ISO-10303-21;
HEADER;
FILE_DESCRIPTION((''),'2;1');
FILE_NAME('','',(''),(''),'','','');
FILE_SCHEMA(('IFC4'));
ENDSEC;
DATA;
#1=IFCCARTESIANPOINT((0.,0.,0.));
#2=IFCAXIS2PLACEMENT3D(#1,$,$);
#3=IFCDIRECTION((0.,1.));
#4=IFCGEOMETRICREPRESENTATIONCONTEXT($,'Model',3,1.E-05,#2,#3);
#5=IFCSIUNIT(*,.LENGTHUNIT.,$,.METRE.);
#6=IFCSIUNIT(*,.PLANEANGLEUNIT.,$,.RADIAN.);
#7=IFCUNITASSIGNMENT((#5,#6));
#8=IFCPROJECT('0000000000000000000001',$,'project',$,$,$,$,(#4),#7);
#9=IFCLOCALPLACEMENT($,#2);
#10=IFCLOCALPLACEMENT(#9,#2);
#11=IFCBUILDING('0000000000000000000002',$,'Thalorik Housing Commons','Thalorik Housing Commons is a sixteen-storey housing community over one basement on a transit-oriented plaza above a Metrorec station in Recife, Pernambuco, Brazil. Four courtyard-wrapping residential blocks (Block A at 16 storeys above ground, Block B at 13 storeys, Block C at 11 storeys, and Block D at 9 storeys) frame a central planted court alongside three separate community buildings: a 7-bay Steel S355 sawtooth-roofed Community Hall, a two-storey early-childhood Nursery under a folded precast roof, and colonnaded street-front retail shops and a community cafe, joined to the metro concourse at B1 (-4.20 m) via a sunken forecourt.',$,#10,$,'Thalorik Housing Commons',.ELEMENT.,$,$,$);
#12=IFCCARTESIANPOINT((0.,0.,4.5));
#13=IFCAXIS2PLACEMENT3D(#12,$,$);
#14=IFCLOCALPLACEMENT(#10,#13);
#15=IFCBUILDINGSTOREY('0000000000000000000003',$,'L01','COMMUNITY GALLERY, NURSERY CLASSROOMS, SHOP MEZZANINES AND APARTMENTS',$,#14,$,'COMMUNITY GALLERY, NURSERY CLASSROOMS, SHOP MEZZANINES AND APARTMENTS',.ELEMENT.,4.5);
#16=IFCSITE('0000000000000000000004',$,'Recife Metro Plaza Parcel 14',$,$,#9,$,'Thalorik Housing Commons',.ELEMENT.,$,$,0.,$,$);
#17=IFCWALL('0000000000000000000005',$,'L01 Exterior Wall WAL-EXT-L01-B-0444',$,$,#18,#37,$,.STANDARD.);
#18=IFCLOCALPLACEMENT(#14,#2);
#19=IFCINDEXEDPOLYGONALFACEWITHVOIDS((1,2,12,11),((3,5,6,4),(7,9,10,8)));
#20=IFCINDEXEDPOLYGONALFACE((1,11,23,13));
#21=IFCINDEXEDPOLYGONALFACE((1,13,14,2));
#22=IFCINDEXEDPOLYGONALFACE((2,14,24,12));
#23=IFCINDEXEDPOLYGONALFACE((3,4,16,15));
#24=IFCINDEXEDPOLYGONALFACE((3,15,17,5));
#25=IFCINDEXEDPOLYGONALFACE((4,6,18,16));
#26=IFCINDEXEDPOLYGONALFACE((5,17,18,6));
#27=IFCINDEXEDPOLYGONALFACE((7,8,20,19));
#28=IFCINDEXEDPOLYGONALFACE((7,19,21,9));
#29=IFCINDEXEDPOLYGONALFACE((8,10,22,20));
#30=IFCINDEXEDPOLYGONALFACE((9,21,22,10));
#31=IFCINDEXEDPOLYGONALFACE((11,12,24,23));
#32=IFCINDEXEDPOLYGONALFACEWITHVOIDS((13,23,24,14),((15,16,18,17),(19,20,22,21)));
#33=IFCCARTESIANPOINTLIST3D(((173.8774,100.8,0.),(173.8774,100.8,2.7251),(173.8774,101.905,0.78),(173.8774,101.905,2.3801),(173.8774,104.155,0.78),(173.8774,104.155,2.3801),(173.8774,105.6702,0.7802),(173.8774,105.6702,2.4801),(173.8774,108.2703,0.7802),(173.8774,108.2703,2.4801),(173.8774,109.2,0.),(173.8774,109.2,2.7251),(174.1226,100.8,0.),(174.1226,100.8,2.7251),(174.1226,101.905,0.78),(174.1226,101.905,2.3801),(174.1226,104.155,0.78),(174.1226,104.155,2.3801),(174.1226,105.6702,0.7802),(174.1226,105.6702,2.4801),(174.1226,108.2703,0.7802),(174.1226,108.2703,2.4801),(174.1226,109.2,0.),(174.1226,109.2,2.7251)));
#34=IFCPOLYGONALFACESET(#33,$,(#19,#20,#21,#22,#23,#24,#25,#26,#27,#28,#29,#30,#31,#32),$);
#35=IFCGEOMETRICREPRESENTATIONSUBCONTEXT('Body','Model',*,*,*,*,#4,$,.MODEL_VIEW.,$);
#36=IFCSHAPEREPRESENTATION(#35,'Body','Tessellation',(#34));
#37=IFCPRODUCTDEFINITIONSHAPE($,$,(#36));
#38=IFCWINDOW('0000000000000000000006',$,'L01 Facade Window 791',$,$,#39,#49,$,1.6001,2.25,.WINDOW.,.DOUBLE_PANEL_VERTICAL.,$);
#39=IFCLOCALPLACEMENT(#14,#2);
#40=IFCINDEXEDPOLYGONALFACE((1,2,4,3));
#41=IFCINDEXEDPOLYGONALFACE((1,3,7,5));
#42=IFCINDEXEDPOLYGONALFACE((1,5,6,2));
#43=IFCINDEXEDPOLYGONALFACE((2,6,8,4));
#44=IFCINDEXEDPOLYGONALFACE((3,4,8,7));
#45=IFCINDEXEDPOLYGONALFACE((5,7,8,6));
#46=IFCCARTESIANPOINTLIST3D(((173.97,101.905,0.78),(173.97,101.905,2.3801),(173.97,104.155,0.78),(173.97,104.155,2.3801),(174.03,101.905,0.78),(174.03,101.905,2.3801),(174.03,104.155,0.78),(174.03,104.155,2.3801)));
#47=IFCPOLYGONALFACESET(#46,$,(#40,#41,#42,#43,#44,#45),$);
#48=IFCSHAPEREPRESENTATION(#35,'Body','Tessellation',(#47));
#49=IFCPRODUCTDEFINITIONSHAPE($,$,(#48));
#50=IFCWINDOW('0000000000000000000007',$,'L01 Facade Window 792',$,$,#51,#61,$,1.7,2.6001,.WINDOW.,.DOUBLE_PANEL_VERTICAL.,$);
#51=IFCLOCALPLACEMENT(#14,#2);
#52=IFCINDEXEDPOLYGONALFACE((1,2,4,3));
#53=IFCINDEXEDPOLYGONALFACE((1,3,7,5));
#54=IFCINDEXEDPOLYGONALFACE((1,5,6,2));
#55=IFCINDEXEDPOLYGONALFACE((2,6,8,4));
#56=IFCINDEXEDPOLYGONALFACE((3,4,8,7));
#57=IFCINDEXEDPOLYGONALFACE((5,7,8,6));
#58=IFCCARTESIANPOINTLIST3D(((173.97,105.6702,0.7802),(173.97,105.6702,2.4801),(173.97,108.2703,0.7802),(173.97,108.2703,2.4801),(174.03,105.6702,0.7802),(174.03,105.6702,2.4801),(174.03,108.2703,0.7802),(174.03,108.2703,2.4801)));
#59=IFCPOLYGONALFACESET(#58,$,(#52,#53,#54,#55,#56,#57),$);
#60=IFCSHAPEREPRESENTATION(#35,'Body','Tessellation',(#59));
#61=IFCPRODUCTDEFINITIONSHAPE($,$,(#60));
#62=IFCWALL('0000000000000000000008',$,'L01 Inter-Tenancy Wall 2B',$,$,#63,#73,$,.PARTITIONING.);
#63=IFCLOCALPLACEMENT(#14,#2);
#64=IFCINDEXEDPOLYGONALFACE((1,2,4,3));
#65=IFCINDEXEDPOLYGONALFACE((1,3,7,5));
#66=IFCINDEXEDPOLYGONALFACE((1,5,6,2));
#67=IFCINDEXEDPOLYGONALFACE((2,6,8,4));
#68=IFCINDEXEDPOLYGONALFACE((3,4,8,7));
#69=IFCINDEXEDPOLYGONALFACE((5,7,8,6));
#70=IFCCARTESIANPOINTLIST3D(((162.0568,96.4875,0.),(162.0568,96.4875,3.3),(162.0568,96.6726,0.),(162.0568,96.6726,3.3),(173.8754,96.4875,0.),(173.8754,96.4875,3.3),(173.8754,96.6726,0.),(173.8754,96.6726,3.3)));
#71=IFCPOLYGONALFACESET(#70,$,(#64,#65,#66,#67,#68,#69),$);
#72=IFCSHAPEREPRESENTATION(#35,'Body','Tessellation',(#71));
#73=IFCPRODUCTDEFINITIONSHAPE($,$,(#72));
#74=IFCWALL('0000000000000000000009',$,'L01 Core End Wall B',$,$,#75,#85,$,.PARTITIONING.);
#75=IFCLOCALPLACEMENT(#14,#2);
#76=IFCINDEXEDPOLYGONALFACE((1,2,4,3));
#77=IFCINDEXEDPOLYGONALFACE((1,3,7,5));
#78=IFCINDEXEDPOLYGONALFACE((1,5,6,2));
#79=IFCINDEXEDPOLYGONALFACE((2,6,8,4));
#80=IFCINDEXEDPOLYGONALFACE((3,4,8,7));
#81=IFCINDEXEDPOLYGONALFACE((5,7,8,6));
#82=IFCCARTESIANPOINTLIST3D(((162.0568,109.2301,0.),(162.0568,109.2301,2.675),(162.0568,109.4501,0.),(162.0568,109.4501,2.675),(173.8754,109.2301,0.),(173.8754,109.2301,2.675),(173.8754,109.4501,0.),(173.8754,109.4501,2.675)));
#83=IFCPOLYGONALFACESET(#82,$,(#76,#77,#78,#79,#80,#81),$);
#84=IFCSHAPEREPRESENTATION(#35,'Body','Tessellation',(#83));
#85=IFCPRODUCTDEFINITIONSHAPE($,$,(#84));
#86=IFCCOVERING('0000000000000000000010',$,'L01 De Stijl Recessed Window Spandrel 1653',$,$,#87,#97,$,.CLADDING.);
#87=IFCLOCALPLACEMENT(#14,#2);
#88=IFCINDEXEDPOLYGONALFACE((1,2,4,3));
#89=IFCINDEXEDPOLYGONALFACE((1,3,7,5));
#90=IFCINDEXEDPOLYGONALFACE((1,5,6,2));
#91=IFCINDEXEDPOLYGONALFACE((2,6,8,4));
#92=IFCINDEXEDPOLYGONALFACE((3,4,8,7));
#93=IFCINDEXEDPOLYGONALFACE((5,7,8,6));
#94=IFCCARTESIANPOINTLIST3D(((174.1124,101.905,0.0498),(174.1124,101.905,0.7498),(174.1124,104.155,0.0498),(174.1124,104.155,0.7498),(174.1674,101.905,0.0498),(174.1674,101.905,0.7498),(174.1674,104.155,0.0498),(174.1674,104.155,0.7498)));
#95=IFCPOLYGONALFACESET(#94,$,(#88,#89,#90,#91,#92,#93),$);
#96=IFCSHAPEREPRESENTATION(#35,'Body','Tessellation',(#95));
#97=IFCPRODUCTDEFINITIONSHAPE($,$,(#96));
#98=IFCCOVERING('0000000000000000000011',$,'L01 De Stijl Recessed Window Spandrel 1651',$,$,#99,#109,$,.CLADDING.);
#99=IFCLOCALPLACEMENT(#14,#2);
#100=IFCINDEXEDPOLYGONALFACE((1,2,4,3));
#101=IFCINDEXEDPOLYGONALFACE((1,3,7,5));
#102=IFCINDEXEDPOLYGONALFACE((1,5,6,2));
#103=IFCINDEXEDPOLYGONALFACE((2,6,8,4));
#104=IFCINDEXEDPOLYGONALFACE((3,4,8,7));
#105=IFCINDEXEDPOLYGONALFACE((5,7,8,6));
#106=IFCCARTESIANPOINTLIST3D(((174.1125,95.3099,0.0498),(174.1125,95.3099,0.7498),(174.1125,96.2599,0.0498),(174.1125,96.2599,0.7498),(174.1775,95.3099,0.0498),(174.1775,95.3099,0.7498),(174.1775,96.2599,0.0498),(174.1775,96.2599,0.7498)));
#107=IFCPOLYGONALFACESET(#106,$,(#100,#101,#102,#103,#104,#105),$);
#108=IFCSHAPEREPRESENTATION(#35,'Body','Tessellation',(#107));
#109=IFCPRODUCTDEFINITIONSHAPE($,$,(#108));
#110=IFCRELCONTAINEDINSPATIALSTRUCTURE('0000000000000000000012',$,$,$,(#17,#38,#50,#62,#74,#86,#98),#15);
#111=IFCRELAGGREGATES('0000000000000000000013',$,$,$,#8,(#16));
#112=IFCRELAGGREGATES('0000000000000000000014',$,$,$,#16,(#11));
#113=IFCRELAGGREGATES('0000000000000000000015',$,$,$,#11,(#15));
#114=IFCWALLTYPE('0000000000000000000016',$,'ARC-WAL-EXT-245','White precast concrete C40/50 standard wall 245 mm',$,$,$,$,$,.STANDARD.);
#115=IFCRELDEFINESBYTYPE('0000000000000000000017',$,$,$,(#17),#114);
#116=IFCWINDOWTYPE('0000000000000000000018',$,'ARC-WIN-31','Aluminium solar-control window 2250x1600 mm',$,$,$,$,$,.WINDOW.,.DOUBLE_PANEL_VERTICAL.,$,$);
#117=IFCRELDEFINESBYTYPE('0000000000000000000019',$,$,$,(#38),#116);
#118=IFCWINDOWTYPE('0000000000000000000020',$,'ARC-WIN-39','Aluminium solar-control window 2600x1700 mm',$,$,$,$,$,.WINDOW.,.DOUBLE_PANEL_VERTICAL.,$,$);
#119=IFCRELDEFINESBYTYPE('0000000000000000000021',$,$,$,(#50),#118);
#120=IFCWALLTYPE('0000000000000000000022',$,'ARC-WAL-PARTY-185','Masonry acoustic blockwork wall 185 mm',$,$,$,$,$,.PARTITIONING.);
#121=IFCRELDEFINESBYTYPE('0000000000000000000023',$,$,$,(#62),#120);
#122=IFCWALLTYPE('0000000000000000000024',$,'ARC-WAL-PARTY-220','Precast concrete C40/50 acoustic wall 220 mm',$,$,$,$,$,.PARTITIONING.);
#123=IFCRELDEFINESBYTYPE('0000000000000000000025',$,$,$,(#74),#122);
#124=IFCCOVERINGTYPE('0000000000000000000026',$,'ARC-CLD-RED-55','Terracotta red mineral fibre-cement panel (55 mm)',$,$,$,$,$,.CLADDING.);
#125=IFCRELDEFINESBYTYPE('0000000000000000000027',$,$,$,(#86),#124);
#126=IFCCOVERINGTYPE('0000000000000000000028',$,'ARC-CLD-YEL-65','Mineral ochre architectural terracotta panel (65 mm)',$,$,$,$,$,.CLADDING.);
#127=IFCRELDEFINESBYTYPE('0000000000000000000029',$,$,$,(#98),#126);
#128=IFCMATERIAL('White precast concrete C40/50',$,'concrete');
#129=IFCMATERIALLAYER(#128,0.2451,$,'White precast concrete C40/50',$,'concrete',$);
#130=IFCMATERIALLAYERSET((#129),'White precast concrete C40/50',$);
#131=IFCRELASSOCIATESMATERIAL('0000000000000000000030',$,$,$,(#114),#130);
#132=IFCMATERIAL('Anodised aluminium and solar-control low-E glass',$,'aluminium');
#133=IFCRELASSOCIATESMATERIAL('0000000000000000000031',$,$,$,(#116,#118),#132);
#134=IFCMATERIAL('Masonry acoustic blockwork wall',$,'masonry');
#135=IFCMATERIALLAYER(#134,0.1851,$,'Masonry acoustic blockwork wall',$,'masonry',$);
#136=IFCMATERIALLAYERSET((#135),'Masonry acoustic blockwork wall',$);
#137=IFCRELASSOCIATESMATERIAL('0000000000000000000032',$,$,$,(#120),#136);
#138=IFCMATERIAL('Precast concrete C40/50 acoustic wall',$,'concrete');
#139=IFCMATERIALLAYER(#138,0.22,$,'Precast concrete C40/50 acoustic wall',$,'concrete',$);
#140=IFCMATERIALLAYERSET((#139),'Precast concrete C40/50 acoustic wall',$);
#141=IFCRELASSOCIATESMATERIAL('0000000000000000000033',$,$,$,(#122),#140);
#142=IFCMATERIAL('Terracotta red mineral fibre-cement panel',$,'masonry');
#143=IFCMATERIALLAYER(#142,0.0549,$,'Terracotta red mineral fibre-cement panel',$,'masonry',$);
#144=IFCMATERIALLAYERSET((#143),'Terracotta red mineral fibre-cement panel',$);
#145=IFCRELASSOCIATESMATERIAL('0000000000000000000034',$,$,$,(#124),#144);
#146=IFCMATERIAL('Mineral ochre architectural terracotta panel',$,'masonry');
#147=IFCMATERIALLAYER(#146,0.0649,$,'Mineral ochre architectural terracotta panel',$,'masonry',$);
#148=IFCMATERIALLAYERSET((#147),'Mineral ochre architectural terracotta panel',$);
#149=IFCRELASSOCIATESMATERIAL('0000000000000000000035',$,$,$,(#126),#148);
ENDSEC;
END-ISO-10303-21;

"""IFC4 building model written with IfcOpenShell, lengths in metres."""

from ifc_helpers import new_model, si_unit, direction, frame, frame_2d, origin, origin_2d, place, context, subcontext, project, spatial, rectangle, extrude, material, layer, layer_set, type_object, element, fill, save


model = new_model("IFC4")

# Units and contexts
model_context = context("Model", 3, precision=1e-05, world=origin(), true_north=direction((0.0, 1.0)))
body_context = subcontext(model_context, "Body", "Model", "MODEL_VIEW")
ifc_project = project(units=[si_unit("LENGTHUNIT", "METRE"), si_unit("PLANEANGLEUNIT", "RADIAN")], contexts=[model_context])

# Site, building, storey
site_placement = place(None, origin())
site = spatial("IfcSite", under=ifc_project, at=site_placement, Name="Recife Metro Plaza Parcel 14", LongName="Thalorik Housing Commons", CompositionType="ELEMENT", RefElevation=0.0)
building_placement = place(site_placement, origin())
building = spatial("IfcBuilding", under=site, at=building_placement, Name="Thalorik Housing Commons", Description="Thalorik Housing Commons is a sixteen-storey housing community over one basement on a transit-oriented plaza above a Metrorec station in Recife, Pernambuco, Brazil. Four courtyard-wrapping residential blocks (Block A at 16 storeys above ground, Block B at 13 storeys, Block C at 11 storeys, and Block D at 9 storeys) frame a central planted court alongside three separate community buildings: a 7-bay Steel S355 sawtooth-roofed Community Hall, a two-storey early-childhood Nursery under a folded precast roof, and colonnaded street-front retail shops and a community cafe, joined to the metro concourse at B1 (-4.20 m) via a sunken forecourt.", LongName="Thalorik Housing Commons", CompositionType="ELEMENT")
storey_placement = place(building_placement, frame((0.0, 0.0, 4.5)))
storey = spatial("IfcBuildingStorey", under=building, at=storey_placement, Name="L01", Description="COMMUNITY GALLERY, NURSERY CLASSROOMS, SHOP MEZZANINES AND APARTMENTS", LongName="COMMUNITY GALLERY, NURSERY CLASSROOMS, SHOP MEZZANINES AND APARTMENTS", CompositionType="ELEMENT", Elevation=4.5)

# Wall, openings, windows
ifc_material_1 = material(Name="White precast concrete C40/50", Category="concrete")
ifc_layer_1 = layer(ifc_material_1, 0.2451, Name="White precast concrete C40/50", Category="concrete")
ifc_layer_set_1 = layer_set([ifc_layer_1], Name="White precast concrete C40/50")
wall_type_1 = type_object("IfcWallType", Name="ARC-WAL-EXT-245", Description="White precast concrete C40/50 standard wall 245 mm", PredefinedType="STANDARD", material=ifc_layer_set_1)
ifc_material_2 = material(Name="Anodised aluminium and solar-control low-E glass", Category="aluminium")
wall_1_placement = place(storey_placement, frame((174.0, 100.8, 0.0), z_axis=(0.0, 0.0, 1.0), x_axis=(0.0, 1.0, 0.0)))
wall_1 = element("IfcWall", 1, at=wall_1_placement, inside=storey, type_object=wall_type_1, Name="L01 Exterior Wall WAL-EXT-L01-B-0444", PredefinedType="STANDARD", context=body_context, shape_type="SweptSolid", body=[
    extrude(rectangle(XDim=8.3999, YDim=0.2451, at=frame_2d((4.2, 0.0))), origin(), (0.0, 0.0, 1.0), 2.7251),
])
opening_1_placement = place(wall_1_placement, frame((1.105, 0.0, 0.78)))
opening_1 = element("IfcOpeningElement", 2, at=opening_1_placement, cuts=wall_1, PredefinedType="OPENING", context=body_context, shape_type="SweptSolid", body=[
    extrude(rectangle(XDim=2.25, YDim=1.6001, at=frame_2d((1.125, 0.8))), frame((0.0, 0.1326, 0.0), z_axis=(0.0, -1.0, 0.0), x_axis=(1.0, 0.0, 0.0)), (0.0, 0.0, 1.0), 0.2651),
])
opening_2_placement = place(wall_1_placement, frame((4.8701, 0.0, 0.78)))
opening_2 = element("IfcOpeningElement", 3, at=opening_2_placement, cuts=wall_1, PredefinedType="OPENING", context=body_context, shape_type="SweptSolid", body=[
    extrude(rectangle(XDim=2.6001, YDim=1.7, at=frame_2d((1.3, 0.8501))), frame((0.0, 0.1326, 0.0), z_axis=(0.0, -1.0, 0.0), x_axis=(1.0, 0.0, 0.0)), (0.0, 0.0, 1.0), 0.2651),
])
window_type_1 = type_object("IfcWindowType", Name="ARC-WIN-31", Description="Aluminium solar-control window 2250x1600 mm", PartitioningType="DOUBLE_PANEL_VERTICAL", PredefinedType="WINDOW", material=ifc_material_2)
window_1_placement = place(opening_1_placement, origin())
window_1 = element("IfcWindow", 4, at=window_1_placement, inside=storey, type_object=window_type_1, Name="L01 Facade Window 791", OverallHeight=1.6001, OverallWidth=2.25, PartitioningType="DOUBLE_PANEL_VERTICAL", PredefinedType="WINDOW", context=body_context, shape_type="SweptSolid", body=[
    extrude(rectangle(XDim=2.25, YDim=1.6001, at=frame_2d((1.125, 0.8))), frame((0.0, 0.03, 0.0), z_axis=(0.0, -1.0, 0.0), x_axis=(1.0, 0.0, 0.0)), (0.0, 0.0, 1.0), 0.0601),
])
fill(opening_1, window_1)
window_type_2 = type_object("IfcWindowType", Name="ARC-WIN-39", Description="Aluminium solar-control window 2600x1700 mm", PartitioningType="DOUBLE_PANEL_VERTICAL", PredefinedType="WINDOW", material=ifc_material_2)
window_2_placement = place(opening_2_placement, origin())
window_2 = element("IfcWindow", 5, at=window_2_placement, inside=storey, type_object=window_type_2, Name="L01 Facade Window 792", OverallHeight=1.7, OverallWidth=2.6001, PartitioningType="DOUBLE_PANEL_VERTICAL", PredefinedType="WINDOW", context=body_context, shape_type="SweptSolid", body=[
    extrude(rectangle(XDim=2.6001, YDim=1.7, at=frame_2d((1.3, 0.8501))), frame((0.0, 0.03, 0.0), z_axis=(0.0, -1.0, 0.0), x_axis=(1.0, 0.0, 0.0)), (0.0, 0.0, 1.0), 0.0601),
])
fill(opening_2, window_2)

# Walls
ifc_material_3 = material(Name="Masonry acoustic blockwork wall", Category="masonry")
ifc_layer_2 = layer(ifc_material_3, 0.1851, Name="Masonry acoustic blockwork wall", Category="masonry")
ifc_layer_set_2 = layer_set([ifc_layer_2], Name="Masonry acoustic blockwork wall")
wall_type_2 = type_object("IfcWallType", Name="ARC-WAL-PARTY-185", Description="Masonry acoustic blockwork wall 185 mm", PredefinedType="PARTITIONING", material=ifc_layer_set_2)
wall_2_placement = place(storey_placement, frame((162.0569, 96.5801, 0.0), z_axis=(0.0, 0.0, 1.0), x_axis=(1.0, 0.0, 0.0)))
element("IfcWall", 6, at=wall_2_placement, inside=storey, type_object=wall_type_2, Name="L01 Inter-Tenancy Wall 2B", PredefinedType="PARTITIONING", context=body_context, shape_type="SweptSolid", body=[
    extrude(rectangle(XDim=11.8186, YDim=0.1851, at=frame_2d((5.9092, 0.0))), origin(), (0.0, 0.0, 1.0), 3.3),
])
ifc_material_4 = material(Name="Precast concrete C40/50 acoustic wall", Category="concrete")
ifc_layer_3 = layer(ifc_material_4, 0.22, Name="Precast concrete C40/50 acoustic wall", Category="concrete")
ifc_layer_set_3 = layer_set([ifc_layer_3], Name="Precast concrete C40/50 acoustic wall")
wall_type_3 = type_object("IfcWallType", Name="ARC-WAL-PARTY-220", Description="Precast concrete C40/50 acoustic wall 220 mm", PredefinedType="PARTITIONING", material=ifc_layer_set_3)
wall_3_placement = place(storey_placement, frame((162.0569, 109.3401, 0.0), z_axis=(0.0, 0.0, 1.0), x_axis=(1.0, 0.0, 0.0)))
element("IfcWall", 7, at=wall_3_placement, inside=storey, type_object=wall_type_3, Name="L01 Core End Wall B", PredefinedType="PARTITIONING", context=body_context, shape_type="SweptSolid", body=[
    extrude(rectangle(XDim=11.8186, YDim=0.22, at=frame_2d((5.9092, 0.0))), origin(), (0.0, 0.0, 1.0), 2.675),
])

# Coverings
ifc_material_5 = material(Name="Terracotta red mineral fibre-cement panel", Category="masonry")
ifc_layer_4 = layer(ifc_material_5, 0.0549, Name="Terracotta red mineral fibre-cement panel", Category="masonry")
ifc_layer_set_4 = layer_set([ifc_layer_4], Name="Terracotta red mineral fibre-cement panel")
covering_type_1 = type_object("IfcCoveringType", Name="ARC-CLD-RED-55", Description="Terracotta red mineral fibre-cement panel (55 mm)", PredefinedType="CLADDING", material=ifc_layer_set_4)
covering_1_placement = place(storey_placement, frame((174.1399, 103.03, 0.0498), z_axis=(0.0, 0.0, 1.0), x_axis=(0.0, 1.0, 0.0)))
element("IfcCovering", 8, at=covering_1_placement, inside=storey, type_object=covering_type_1, Name="L01 De Stijl Recessed Window Spandrel 1653", PredefinedType="CLADDING", context=body_context, shape_type="SweptSolid", body=[
    extrude(rectangle(XDim=2.25, YDim=0.0549, at=origin_2d()), origin(), (0.0, 0.0, 1.0), 0.7),
])
ifc_material_6 = material(Name="Mineral ochre architectural terracotta panel", Category="masonry")
ifc_layer_5 = layer(ifc_material_6, 0.0649, Name="Mineral ochre architectural terracotta panel", Category="masonry")
ifc_layer_set_5 = layer_set([ifc_layer_5], Name="Mineral ochre architectural terracotta panel")
covering_type_2 = type_object("IfcCoveringType", Name="ARC-CLD-YEL-65", Description="Mineral ochre architectural terracotta panel (65 mm)", PredefinedType="CLADDING", material=ifc_layer_set_5)
covering_2_placement = place(storey_placement, frame((174.145, 95.7849, 0.0498), z_axis=(0.0, 0.0, 1.0), x_axis=(0.0, 1.0, 0.0)))
element("IfcCovering", 9, at=covering_2_placement, inside=storey, type_object=covering_type_2, Name="L01 De Stijl Recessed Window Spandrel 1651", PredefinedType="CLADDING", context=body_context, shape_type="SweptSolid", body=[
    extrude(rectangle(XDim=0.95, YDim=0.0649, at=origin_2d()), origin(), (0.0, 0.0, 1.0), 0.7),
])

save(model, "model.ifc")
